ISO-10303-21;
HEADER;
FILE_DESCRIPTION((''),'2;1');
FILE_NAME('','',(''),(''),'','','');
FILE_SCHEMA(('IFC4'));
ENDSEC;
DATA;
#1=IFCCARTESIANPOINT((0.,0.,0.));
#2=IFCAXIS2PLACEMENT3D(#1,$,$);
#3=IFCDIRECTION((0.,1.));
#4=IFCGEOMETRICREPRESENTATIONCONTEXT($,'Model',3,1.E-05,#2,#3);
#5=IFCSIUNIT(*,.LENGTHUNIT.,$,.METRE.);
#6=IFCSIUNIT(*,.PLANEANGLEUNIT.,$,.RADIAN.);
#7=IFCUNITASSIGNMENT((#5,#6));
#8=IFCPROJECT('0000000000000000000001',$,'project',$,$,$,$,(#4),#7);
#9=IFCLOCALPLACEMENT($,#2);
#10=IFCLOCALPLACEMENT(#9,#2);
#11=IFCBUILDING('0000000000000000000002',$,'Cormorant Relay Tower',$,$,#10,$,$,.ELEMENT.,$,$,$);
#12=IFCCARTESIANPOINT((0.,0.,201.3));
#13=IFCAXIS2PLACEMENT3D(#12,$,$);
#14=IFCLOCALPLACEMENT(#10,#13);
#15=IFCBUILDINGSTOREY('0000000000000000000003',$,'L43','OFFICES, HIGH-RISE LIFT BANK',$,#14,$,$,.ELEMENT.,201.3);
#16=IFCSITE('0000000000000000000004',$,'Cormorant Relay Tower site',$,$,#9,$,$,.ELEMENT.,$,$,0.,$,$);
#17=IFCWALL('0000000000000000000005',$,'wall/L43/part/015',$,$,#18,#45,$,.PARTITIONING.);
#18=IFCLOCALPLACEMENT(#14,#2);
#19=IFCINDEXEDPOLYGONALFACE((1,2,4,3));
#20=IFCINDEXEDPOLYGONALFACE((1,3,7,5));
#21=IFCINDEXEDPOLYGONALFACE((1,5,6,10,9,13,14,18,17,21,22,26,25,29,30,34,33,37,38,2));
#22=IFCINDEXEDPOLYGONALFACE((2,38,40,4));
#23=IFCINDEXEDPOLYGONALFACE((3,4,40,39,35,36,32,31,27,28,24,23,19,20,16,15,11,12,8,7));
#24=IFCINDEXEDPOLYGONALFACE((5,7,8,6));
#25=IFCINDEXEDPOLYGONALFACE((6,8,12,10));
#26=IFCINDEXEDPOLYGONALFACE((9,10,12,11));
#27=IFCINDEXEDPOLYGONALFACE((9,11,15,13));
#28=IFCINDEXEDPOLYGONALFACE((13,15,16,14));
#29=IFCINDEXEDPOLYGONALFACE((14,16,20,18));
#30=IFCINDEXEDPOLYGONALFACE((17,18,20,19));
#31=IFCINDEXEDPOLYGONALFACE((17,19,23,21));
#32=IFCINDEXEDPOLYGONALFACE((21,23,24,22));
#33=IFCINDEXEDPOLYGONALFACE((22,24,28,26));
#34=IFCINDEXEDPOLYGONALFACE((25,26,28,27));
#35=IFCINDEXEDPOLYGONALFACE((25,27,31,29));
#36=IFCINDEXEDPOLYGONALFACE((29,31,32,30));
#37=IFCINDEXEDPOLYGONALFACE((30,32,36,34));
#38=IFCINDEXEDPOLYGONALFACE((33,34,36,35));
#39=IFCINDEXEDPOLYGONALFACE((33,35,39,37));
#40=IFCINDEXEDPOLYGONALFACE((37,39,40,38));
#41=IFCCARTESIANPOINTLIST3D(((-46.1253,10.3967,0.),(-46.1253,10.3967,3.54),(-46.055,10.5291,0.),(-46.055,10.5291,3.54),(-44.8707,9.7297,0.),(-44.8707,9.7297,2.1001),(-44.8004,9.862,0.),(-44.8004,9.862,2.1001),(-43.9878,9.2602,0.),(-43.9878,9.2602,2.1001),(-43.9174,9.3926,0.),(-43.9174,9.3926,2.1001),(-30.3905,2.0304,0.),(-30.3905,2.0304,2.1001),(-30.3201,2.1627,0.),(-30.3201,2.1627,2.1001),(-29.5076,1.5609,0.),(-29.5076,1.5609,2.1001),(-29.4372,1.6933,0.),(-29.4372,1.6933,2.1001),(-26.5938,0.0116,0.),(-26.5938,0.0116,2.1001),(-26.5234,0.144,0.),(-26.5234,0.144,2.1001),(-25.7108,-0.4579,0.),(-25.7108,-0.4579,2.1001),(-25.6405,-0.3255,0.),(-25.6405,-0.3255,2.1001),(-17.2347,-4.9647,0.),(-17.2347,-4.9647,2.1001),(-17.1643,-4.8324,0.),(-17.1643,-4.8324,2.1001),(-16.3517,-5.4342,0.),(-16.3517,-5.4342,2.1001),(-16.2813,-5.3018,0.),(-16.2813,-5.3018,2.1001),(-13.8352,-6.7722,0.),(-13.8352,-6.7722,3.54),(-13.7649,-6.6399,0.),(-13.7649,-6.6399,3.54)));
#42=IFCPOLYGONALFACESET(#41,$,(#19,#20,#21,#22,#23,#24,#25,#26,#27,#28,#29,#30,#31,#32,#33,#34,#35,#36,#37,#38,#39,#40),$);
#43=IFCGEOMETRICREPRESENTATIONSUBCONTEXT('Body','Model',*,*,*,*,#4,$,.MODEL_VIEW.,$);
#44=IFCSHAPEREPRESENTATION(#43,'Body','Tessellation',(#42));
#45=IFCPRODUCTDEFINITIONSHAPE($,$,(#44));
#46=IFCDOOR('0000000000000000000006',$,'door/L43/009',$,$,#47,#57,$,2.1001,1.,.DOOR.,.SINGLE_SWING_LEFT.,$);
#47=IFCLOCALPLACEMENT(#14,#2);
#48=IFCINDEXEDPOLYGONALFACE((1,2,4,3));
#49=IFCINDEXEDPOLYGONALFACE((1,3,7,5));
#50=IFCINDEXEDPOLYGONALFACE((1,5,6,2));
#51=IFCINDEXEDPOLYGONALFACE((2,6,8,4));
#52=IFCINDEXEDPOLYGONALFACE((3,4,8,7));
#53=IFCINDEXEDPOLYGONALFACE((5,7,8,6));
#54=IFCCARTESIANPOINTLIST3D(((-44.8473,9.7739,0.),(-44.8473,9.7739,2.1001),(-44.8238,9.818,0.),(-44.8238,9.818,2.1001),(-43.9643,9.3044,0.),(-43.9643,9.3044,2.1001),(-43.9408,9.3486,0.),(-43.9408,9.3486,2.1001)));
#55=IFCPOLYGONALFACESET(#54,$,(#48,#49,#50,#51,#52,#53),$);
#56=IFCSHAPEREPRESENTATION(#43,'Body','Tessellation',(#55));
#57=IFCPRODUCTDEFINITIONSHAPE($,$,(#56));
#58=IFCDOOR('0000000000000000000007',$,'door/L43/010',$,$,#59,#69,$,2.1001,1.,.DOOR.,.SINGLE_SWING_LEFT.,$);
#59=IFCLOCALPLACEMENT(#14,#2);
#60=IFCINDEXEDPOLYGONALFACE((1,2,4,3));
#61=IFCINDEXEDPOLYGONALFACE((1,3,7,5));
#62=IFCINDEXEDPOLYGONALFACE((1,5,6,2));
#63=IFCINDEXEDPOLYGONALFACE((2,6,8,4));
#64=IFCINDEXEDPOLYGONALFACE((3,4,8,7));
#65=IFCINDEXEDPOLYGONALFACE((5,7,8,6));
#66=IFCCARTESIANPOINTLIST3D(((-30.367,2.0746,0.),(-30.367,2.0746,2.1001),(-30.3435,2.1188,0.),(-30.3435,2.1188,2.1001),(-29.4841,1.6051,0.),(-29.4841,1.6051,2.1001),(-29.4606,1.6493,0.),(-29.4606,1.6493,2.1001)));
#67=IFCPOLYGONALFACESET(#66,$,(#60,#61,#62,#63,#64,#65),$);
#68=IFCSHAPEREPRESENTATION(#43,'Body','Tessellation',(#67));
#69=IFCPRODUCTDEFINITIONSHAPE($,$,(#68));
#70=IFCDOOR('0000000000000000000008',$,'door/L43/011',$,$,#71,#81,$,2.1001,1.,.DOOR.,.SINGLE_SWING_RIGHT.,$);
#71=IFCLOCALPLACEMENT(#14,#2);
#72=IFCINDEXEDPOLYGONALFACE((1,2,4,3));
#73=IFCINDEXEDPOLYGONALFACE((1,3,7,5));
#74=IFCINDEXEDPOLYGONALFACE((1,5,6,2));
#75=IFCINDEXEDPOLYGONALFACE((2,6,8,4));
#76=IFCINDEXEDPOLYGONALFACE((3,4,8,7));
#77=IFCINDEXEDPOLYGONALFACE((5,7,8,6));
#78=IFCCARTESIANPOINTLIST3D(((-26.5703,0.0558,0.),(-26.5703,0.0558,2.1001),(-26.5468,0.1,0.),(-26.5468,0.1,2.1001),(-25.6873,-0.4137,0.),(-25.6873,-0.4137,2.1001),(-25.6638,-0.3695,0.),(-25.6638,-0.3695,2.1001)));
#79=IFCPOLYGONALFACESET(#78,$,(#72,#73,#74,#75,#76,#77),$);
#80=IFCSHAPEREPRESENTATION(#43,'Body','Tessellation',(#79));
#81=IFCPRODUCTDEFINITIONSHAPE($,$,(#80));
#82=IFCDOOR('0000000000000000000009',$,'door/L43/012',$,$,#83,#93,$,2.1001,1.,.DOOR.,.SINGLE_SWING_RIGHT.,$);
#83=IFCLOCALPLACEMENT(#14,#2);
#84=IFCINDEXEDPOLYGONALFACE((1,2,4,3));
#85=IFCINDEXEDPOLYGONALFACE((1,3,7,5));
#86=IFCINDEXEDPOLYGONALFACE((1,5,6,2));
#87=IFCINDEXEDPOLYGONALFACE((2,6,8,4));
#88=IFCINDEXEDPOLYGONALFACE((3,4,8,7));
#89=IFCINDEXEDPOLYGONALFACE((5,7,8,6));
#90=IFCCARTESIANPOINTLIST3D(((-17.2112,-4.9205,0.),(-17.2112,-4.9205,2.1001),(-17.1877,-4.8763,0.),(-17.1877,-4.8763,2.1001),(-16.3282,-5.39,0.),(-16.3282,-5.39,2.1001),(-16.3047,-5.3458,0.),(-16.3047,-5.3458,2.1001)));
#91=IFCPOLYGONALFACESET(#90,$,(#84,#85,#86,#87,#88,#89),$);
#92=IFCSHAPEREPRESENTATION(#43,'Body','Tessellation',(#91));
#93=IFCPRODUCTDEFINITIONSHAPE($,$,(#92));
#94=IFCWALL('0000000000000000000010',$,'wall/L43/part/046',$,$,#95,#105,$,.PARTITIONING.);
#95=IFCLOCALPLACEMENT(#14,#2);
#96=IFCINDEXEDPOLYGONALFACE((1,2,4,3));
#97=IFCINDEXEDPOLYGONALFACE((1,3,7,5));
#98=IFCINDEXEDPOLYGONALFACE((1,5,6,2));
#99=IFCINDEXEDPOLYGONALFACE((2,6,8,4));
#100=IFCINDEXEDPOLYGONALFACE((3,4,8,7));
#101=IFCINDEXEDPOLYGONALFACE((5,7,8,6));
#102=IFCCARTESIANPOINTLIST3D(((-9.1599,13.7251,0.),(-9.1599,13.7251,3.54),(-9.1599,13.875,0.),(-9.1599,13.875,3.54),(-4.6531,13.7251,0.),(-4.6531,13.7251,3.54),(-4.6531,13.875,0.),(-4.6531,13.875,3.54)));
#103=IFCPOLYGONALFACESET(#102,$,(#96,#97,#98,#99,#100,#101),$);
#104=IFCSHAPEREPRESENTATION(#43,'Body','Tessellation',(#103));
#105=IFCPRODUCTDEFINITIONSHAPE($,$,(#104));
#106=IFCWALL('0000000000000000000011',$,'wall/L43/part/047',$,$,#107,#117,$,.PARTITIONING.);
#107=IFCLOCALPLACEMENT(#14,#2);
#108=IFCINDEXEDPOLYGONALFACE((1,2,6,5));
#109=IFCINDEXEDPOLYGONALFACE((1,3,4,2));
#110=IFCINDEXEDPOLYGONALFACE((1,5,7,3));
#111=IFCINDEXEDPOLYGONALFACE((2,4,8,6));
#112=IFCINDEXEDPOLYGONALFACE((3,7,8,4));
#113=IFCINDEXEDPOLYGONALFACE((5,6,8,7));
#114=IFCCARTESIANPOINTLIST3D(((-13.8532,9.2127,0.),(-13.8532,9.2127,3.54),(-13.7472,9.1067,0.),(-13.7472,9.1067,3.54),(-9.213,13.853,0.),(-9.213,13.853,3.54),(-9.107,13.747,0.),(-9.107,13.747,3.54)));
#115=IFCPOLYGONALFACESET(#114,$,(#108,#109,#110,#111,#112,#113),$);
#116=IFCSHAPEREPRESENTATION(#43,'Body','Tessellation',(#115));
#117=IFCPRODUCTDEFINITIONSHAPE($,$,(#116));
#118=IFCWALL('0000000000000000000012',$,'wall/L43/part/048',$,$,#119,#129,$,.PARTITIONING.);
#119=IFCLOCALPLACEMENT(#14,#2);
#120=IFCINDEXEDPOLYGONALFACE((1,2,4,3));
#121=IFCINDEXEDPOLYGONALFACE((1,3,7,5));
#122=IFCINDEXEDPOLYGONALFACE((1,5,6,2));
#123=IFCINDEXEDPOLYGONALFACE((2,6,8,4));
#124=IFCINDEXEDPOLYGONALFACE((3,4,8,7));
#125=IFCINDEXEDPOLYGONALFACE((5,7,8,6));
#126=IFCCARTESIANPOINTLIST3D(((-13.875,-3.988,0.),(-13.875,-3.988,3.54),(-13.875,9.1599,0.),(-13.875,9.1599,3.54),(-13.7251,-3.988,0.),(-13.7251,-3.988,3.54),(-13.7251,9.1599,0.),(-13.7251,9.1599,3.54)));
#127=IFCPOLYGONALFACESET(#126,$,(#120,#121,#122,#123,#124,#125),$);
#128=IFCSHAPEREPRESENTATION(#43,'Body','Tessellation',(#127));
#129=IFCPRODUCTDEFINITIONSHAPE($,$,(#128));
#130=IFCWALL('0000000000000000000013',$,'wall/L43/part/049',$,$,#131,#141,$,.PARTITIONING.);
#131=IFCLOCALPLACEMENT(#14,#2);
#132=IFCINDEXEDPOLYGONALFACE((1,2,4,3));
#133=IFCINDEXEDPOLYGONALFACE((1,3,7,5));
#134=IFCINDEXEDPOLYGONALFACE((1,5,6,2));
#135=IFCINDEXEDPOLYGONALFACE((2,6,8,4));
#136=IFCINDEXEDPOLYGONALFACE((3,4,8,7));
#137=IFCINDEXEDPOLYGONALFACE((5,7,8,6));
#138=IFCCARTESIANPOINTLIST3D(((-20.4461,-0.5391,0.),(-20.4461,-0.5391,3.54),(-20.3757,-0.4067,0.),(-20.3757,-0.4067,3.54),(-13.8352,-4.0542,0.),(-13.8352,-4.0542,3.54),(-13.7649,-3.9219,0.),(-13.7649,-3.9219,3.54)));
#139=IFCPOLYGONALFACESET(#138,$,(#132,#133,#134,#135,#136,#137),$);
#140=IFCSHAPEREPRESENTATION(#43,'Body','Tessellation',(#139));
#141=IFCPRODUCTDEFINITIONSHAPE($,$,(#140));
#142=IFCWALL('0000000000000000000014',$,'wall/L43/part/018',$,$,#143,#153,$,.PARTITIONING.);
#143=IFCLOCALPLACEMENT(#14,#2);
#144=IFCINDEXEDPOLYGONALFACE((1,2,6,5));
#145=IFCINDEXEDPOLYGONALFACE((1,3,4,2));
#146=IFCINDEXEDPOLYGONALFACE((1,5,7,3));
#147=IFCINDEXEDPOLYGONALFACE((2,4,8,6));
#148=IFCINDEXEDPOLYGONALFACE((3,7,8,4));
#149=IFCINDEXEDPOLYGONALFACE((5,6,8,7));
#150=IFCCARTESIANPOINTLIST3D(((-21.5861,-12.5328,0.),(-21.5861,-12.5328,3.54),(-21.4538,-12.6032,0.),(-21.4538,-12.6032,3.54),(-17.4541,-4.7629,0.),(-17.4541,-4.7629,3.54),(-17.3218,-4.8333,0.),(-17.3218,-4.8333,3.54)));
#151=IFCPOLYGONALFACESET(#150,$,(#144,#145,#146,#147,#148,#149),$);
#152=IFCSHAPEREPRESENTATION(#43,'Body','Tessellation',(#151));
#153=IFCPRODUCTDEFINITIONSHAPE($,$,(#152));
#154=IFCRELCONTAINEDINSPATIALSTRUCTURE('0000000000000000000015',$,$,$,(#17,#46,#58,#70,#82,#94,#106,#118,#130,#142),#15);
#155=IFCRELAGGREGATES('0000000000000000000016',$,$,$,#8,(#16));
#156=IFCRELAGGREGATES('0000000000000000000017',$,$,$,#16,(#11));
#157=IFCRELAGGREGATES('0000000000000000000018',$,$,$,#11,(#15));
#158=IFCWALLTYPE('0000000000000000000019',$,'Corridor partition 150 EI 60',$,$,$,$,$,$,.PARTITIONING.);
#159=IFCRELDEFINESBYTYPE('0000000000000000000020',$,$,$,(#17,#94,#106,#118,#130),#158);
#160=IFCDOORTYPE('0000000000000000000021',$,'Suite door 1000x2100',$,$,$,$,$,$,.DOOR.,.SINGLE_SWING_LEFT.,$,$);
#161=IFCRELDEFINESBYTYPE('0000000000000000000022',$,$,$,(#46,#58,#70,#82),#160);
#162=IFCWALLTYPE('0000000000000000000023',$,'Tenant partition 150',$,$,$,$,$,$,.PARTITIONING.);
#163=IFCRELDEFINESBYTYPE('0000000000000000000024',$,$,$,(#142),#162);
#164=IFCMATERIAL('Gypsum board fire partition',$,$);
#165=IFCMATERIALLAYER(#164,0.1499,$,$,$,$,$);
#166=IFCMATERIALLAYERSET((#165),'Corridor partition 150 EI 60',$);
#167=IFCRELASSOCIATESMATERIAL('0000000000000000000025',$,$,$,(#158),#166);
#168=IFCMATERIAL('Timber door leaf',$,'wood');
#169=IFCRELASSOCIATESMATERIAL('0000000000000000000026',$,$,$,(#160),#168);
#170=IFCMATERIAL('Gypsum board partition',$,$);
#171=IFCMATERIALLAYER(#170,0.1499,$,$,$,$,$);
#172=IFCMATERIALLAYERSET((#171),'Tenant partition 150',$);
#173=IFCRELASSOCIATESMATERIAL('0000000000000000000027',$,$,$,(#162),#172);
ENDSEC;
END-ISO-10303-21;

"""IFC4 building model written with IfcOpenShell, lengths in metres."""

from ifc_helpers import new_model, si_unit, direction, frame, frame_2d, origin, place, context, subcontext, project, spatial, rectangle, extrude, material, layer, layer_set, type_object, element, fill, save


model = new_model("IFC4")

# Units and contexts
model_context = context("Model", 3, precision=1e-05, world=origin(), true_north=direction((0.0, 1.0)))
body_context = subcontext(model_context, "Body", "Model", "MODEL_VIEW")
ifc_project = project(units=[si_unit("LENGTHUNIT", "METRE"), si_unit("PLANEANGLEUNIT", "RADIAN")], contexts=[model_context])

# Site, building, storey
site_placement = place(None, origin())
site = spatial("IfcSite", under=ifc_project, at=site_placement, Name="Cormorant Relay Tower site", CompositionType="ELEMENT", RefElevation=0.0)
building_placement = place(site_placement, origin())
building = spatial("IfcBuilding", under=site, at=building_placement, Name="Cormorant Relay Tower", CompositionType="ELEMENT")
storey_placement = place(building_placement, frame((0.0, 0.0, 201.3)))
storey = spatial("IfcBuildingStorey", under=building, at=storey_placement, Name="L43", Description="OFFICES, HIGH-RISE LIFT BANK", CompositionType="ELEMENT", Elevation=201.3)

# Wall, openings, doors
ifc_material_1 = material(Name="Gypsum board fire partition")
ifc_layer_1 = layer(ifc_material_1, 0.1499)
ifc_layer_set_1 = layer_set([ifc_layer_1], Name="Corridor partition 150 EI 60")
wall_type_1 = type_object("IfcWallType", Name="Corridor partition 150 EI 60", PredefinedType="PARTITIONING", material=ifc_layer_set_1)
wall_1_placement = place(storey_placement, frame((-13.8, -6.7061, 0.0), z_axis=(0.0, 0.0, 1.0), x_axis=(-0.882947, 0.469472, 0.0)))
wall_1 = element("IfcWall", 1, at=wall_1_placement, inside=storey, type_object=wall_type_1, Name="wall/L43/part/015", PredefinedType="PARTITIONING", context=body_context, shape_type="SweptSolid", body=[
    extrude(rectangle(XDim=36.5708, YDim=0.1499, at=frame_2d((18.2854, 0.0))), origin(), (0.0, 0.0, 1.0), 3.54),
])
opening_1_placement = place(wall_1_placement, frame((34.1499, 0.0, 0.0)))
opening_1 = element("IfcOpeningElement", 2, at=opening_1_placement, cuts=wall_1, PredefinedType="OPENING", context=body_context, shape_type="SweptSolid", body=[
    extrude(rectangle(XDim=1.0, YDim=2.1001, at=frame_2d((0.5, 1.05))), frame((0.0, 0.085, 0.0), z_axis=(0.0, -1.0, 0.0), x_axis=(1.0, 0.0, 0.0)), (0.0, 0.0, 1.0), 0.1699),
])
opening_2_placement = place(wall_1_placement, frame((17.75, 0.0, 0.0)))
opening_2 = element("IfcOpeningElement", 3, at=opening_2_placement, cuts=wall_1, PredefinedType="OPENING", context=body_context, shape_type="SweptSolid", body=[
    extrude(rectangle(XDim=1.0, YDim=2.1001, at=frame_2d((0.5, 1.05))), frame((0.0, 0.085, 0.0), z_axis=(0.0, -1.0, 0.0), x_axis=(1.0, 0.0, 0.0)), (0.0, 0.0, 1.0), 0.1699),
])
opening_3_placement = place(wall_1_placement, frame((13.45, 0.0, 0.0)))
opening_3 = element("IfcOpeningElement", 4, at=opening_3_placement, cuts=wall_1, PredefinedType="OPENING", context=body_context, shape_type="SweptSolid", body=[
    extrude(rectangle(XDim=1.0, YDim=2.1001, at=frame_2d((0.5, 1.05))), frame((0.0, 0.085, 0.0), z_axis=(0.0, -1.0, 0.0), x_axis=(1.0, 0.0, 0.0)), (0.0, 0.0, 1.0), 0.1699),
])
opening_4_placement = place(wall_1_placement, frame((2.8501, 0.0, 0.0)))
opening_4 = element("IfcOpeningElement", 5, at=opening_4_placement, cuts=wall_1, PredefinedType="OPENING", context=body_context, shape_type="SweptSolid", body=[
    extrude(rectangle(XDim=1.0, YDim=2.1001, at=frame_2d((0.5, 1.05))), frame((0.0, 0.085, 0.0), z_axis=(0.0, -1.0, 0.0), x_axis=(1.0, 0.0, 0.0)), (0.0, 0.0, 1.0), 0.1699),
])
ifc_material_2 = material(Name="Timber door leaf", Category="wood")
door_type_1 = type_object("IfcDoorType", Name="Suite door 1000x2100", OperationType="SINGLE_SWING_LEFT", PredefinedType="DOOR", material=ifc_material_2)
door_1_placement = place(opening_1_placement, origin())
door_1 = element("IfcDoor", 6, at=door_1_placement, inside=storey, type_object=door_type_1, Name="door/L43/009", OperationType="SINGLE_SWING_LEFT", OverallHeight=2.1001, OverallWidth=1.0, PredefinedType="DOOR", context=body_context, shape_type="SweptSolid", body=[
    extrude(rectangle(XDim=1.0, YDim=2.1001, at=frame_2d((0.5, 1.05))), frame((0.0, 0.0249, 0.0), z_axis=(0.0, -1.0, 0.0), x_axis=(1.0, 0.0, 0.0)), (0.0, 0.0, 1.0), 0.05),
])
fill(opening_1, door_1)
door_2_placement = place(opening_2_placement, origin())
door_2 = element("IfcDoor", 7, at=door_2_placement, inside=storey, type_object=door_type_1, Name="door/L43/010", OperationType="SINGLE_SWING_LEFT", OverallHeight=2.1001, OverallWidth=1.0, PredefinedType="DOOR", context=body_context, shape_type="SweptSolid", body=[
    extrude(rectangle(XDim=1.0, YDim=2.1001, at=frame_2d((0.5, 1.05))), frame((0.0, 0.0249, 0.0), z_axis=(0.0, -1.0, 0.0), x_axis=(1.0, 0.0, 0.0)), (0.0, 0.0, 1.0), 0.05),
])
fill(opening_2, door_2)
door_3_placement = place(opening_3_placement, origin())
door_3 = element("IfcDoor", 8, at=door_3_placement, inside=storey, type_object=door_type_1, Name="door/L43/011", OperationType="SINGLE_SWING_RIGHT", OverallHeight=2.1001, OverallWidth=1.0, PredefinedType="DOOR", context=body_context, shape_type="SweptSolid", body=[
    extrude(rectangle(XDim=1.0, YDim=2.1001, at=frame_2d((0.5, 1.05))), frame((0.0, 0.0249, 0.0), z_axis=(0.0, -1.0, 0.0), x_axis=(1.0, 0.0, 0.0)), (0.0, 0.0, 1.0), 0.05),
])
fill(opening_3, door_3)
door_4_placement = place(opening_4_placement, origin())
door_4 = element("IfcDoor", 9, at=door_4_placement, inside=storey, type_object=door_type_1, Name="door/L43/012", OperationType="SINGLE_SWING_RIGHT", OverallHeight=2.1001, OverallWidth=1.0, PredefinedType="DOOR", context=body_context, shape_type="SweptSolid", body=[
    extrude(rectangle(XDim=1.0, YDim=2.1001, at=frame_2d((0.5, 1.05))), frame((0.0, 0.0249, 0.0), z_axis=(0.0, -1.0, 0.0), x_axis=(1.0, 0.0, 0.0)), (0.0, 0.0, 1.0), 0.05),
])
fill(opening_4, door_4)

# Walls
wall_2_placement = place(storey_placement, frame((-4.6531, 13.8, 0.0), z_axis=(0.0, 0.0, 1.0), x_axis=(-1.0, 0.0, 0.0)))
element("IfcWall", 10, at=wall_2_placement, inside=storey, type_object=wall_type_1, Name="wall/L43/part/046", PredefinedType="PARTITIONING", context=body_context, shape_type="SweptSolid", body=[
    extrude(rectangle(XDim=4.5068, YDim=0.1499, at=frame_2d((2.2534, 0.0))), origin(), (0.0, 0.0, 1.0), 3.54),
])
wall_3_placement = place(storey_placement, frame((-9.1599, 13.8, 0.0), z_axis=(0.0, 0.0, 1.0), x_axis=(-0.707107, -0.707107, 0.0)))
element("IfcWall", 11, at=wall_3_placement, inside=storey, type_object=wall_type_1, Name="wall/L43/part/047", PredefinedType="PARTITIONING", context=body_context, shape_type="SweptSolid", body=[
    extrude(rectangle(XDim=6.5623, YDim=0.1499, at=frame_2d((3.2812, 0.0))), origin(), (0.0, 0.0, 1.0), 3.54),
])
wall_4_placement = place(storey_placement, frame((-13.8, 9.1599, 0.0), z_axis=(0.0, 0.0, 1.0), x_axis=(0.0, -1.0, 0.0)))
element("IfcWall", 12, at=wall_4_placement, inside=storey, type_object=wall_type_1, Name="wall/L43/part/048", PredefinedType="PARTITIONING", context=body_context, shape_type="SweptSolid", body=[
    extrude(rectangle(XDim=13.1479, YDim=0.1499, at=frame_2d((6.574, 0.0))), origin(), (0.0, 0.0, 1.0), 3.54),
])
wall_5_placement = place(storey_placement, frame((-13.8, -3.988, 0.0), z_axis=(0.0, 0.0, 1.0), x_axis=(-0.882943, 0.469481, 0.0)))
element("IfcWall", 13, at=wall_5_placement, inside=storey, type_object=wall_type_1, Name="wall/L43/part/049", PredefinedType="PARTITIONING", context=body_context, shape_type="SweptSolid", body=[
    extrude(rectangle(XDim=7.4873, YDim=0.1499, at=frame_2d((3.7437, 0.0))), origin(), (0.0, 0.0, 1.0), 3.54),
])
ifc_material_3 = material(Name="Gypsum board partition")
ifc_layer_2 = layer(ifc_material_3, 0.1499)
ifc_layer_set_2 = layer_set([ifc_layer_2], Name="Tenant partition 150")
wall_type_2 = type_object("IfcWallType", Name="Tenant partition 150", PredefinedType="PARTITIONING", material=ifc_layer_set_2)
wall_6_placement = place(storey_placement, frame((-17.3879, -4.7981, 0.0), z_axis=(0.0, 0.0, 1.0), x_axis=(-0.469532, -0.882915, 0.0)))
element("IfcWall", 14, at=wall_6_placement, inside=storey, type_object=wall_type_2, Name="wall/L43/part/018", PredefinedType="PARTITIONING", context=body_context, shape_type="SweptSolid", body=[
    extrude(rectangle(XDim=8.8003, YDim=0.1499, at=frame_2d((4.4001, 0.0))), origin(), (0.0, 0.0, 1.0), 3.54),
])

save(model, "model.ifc")
